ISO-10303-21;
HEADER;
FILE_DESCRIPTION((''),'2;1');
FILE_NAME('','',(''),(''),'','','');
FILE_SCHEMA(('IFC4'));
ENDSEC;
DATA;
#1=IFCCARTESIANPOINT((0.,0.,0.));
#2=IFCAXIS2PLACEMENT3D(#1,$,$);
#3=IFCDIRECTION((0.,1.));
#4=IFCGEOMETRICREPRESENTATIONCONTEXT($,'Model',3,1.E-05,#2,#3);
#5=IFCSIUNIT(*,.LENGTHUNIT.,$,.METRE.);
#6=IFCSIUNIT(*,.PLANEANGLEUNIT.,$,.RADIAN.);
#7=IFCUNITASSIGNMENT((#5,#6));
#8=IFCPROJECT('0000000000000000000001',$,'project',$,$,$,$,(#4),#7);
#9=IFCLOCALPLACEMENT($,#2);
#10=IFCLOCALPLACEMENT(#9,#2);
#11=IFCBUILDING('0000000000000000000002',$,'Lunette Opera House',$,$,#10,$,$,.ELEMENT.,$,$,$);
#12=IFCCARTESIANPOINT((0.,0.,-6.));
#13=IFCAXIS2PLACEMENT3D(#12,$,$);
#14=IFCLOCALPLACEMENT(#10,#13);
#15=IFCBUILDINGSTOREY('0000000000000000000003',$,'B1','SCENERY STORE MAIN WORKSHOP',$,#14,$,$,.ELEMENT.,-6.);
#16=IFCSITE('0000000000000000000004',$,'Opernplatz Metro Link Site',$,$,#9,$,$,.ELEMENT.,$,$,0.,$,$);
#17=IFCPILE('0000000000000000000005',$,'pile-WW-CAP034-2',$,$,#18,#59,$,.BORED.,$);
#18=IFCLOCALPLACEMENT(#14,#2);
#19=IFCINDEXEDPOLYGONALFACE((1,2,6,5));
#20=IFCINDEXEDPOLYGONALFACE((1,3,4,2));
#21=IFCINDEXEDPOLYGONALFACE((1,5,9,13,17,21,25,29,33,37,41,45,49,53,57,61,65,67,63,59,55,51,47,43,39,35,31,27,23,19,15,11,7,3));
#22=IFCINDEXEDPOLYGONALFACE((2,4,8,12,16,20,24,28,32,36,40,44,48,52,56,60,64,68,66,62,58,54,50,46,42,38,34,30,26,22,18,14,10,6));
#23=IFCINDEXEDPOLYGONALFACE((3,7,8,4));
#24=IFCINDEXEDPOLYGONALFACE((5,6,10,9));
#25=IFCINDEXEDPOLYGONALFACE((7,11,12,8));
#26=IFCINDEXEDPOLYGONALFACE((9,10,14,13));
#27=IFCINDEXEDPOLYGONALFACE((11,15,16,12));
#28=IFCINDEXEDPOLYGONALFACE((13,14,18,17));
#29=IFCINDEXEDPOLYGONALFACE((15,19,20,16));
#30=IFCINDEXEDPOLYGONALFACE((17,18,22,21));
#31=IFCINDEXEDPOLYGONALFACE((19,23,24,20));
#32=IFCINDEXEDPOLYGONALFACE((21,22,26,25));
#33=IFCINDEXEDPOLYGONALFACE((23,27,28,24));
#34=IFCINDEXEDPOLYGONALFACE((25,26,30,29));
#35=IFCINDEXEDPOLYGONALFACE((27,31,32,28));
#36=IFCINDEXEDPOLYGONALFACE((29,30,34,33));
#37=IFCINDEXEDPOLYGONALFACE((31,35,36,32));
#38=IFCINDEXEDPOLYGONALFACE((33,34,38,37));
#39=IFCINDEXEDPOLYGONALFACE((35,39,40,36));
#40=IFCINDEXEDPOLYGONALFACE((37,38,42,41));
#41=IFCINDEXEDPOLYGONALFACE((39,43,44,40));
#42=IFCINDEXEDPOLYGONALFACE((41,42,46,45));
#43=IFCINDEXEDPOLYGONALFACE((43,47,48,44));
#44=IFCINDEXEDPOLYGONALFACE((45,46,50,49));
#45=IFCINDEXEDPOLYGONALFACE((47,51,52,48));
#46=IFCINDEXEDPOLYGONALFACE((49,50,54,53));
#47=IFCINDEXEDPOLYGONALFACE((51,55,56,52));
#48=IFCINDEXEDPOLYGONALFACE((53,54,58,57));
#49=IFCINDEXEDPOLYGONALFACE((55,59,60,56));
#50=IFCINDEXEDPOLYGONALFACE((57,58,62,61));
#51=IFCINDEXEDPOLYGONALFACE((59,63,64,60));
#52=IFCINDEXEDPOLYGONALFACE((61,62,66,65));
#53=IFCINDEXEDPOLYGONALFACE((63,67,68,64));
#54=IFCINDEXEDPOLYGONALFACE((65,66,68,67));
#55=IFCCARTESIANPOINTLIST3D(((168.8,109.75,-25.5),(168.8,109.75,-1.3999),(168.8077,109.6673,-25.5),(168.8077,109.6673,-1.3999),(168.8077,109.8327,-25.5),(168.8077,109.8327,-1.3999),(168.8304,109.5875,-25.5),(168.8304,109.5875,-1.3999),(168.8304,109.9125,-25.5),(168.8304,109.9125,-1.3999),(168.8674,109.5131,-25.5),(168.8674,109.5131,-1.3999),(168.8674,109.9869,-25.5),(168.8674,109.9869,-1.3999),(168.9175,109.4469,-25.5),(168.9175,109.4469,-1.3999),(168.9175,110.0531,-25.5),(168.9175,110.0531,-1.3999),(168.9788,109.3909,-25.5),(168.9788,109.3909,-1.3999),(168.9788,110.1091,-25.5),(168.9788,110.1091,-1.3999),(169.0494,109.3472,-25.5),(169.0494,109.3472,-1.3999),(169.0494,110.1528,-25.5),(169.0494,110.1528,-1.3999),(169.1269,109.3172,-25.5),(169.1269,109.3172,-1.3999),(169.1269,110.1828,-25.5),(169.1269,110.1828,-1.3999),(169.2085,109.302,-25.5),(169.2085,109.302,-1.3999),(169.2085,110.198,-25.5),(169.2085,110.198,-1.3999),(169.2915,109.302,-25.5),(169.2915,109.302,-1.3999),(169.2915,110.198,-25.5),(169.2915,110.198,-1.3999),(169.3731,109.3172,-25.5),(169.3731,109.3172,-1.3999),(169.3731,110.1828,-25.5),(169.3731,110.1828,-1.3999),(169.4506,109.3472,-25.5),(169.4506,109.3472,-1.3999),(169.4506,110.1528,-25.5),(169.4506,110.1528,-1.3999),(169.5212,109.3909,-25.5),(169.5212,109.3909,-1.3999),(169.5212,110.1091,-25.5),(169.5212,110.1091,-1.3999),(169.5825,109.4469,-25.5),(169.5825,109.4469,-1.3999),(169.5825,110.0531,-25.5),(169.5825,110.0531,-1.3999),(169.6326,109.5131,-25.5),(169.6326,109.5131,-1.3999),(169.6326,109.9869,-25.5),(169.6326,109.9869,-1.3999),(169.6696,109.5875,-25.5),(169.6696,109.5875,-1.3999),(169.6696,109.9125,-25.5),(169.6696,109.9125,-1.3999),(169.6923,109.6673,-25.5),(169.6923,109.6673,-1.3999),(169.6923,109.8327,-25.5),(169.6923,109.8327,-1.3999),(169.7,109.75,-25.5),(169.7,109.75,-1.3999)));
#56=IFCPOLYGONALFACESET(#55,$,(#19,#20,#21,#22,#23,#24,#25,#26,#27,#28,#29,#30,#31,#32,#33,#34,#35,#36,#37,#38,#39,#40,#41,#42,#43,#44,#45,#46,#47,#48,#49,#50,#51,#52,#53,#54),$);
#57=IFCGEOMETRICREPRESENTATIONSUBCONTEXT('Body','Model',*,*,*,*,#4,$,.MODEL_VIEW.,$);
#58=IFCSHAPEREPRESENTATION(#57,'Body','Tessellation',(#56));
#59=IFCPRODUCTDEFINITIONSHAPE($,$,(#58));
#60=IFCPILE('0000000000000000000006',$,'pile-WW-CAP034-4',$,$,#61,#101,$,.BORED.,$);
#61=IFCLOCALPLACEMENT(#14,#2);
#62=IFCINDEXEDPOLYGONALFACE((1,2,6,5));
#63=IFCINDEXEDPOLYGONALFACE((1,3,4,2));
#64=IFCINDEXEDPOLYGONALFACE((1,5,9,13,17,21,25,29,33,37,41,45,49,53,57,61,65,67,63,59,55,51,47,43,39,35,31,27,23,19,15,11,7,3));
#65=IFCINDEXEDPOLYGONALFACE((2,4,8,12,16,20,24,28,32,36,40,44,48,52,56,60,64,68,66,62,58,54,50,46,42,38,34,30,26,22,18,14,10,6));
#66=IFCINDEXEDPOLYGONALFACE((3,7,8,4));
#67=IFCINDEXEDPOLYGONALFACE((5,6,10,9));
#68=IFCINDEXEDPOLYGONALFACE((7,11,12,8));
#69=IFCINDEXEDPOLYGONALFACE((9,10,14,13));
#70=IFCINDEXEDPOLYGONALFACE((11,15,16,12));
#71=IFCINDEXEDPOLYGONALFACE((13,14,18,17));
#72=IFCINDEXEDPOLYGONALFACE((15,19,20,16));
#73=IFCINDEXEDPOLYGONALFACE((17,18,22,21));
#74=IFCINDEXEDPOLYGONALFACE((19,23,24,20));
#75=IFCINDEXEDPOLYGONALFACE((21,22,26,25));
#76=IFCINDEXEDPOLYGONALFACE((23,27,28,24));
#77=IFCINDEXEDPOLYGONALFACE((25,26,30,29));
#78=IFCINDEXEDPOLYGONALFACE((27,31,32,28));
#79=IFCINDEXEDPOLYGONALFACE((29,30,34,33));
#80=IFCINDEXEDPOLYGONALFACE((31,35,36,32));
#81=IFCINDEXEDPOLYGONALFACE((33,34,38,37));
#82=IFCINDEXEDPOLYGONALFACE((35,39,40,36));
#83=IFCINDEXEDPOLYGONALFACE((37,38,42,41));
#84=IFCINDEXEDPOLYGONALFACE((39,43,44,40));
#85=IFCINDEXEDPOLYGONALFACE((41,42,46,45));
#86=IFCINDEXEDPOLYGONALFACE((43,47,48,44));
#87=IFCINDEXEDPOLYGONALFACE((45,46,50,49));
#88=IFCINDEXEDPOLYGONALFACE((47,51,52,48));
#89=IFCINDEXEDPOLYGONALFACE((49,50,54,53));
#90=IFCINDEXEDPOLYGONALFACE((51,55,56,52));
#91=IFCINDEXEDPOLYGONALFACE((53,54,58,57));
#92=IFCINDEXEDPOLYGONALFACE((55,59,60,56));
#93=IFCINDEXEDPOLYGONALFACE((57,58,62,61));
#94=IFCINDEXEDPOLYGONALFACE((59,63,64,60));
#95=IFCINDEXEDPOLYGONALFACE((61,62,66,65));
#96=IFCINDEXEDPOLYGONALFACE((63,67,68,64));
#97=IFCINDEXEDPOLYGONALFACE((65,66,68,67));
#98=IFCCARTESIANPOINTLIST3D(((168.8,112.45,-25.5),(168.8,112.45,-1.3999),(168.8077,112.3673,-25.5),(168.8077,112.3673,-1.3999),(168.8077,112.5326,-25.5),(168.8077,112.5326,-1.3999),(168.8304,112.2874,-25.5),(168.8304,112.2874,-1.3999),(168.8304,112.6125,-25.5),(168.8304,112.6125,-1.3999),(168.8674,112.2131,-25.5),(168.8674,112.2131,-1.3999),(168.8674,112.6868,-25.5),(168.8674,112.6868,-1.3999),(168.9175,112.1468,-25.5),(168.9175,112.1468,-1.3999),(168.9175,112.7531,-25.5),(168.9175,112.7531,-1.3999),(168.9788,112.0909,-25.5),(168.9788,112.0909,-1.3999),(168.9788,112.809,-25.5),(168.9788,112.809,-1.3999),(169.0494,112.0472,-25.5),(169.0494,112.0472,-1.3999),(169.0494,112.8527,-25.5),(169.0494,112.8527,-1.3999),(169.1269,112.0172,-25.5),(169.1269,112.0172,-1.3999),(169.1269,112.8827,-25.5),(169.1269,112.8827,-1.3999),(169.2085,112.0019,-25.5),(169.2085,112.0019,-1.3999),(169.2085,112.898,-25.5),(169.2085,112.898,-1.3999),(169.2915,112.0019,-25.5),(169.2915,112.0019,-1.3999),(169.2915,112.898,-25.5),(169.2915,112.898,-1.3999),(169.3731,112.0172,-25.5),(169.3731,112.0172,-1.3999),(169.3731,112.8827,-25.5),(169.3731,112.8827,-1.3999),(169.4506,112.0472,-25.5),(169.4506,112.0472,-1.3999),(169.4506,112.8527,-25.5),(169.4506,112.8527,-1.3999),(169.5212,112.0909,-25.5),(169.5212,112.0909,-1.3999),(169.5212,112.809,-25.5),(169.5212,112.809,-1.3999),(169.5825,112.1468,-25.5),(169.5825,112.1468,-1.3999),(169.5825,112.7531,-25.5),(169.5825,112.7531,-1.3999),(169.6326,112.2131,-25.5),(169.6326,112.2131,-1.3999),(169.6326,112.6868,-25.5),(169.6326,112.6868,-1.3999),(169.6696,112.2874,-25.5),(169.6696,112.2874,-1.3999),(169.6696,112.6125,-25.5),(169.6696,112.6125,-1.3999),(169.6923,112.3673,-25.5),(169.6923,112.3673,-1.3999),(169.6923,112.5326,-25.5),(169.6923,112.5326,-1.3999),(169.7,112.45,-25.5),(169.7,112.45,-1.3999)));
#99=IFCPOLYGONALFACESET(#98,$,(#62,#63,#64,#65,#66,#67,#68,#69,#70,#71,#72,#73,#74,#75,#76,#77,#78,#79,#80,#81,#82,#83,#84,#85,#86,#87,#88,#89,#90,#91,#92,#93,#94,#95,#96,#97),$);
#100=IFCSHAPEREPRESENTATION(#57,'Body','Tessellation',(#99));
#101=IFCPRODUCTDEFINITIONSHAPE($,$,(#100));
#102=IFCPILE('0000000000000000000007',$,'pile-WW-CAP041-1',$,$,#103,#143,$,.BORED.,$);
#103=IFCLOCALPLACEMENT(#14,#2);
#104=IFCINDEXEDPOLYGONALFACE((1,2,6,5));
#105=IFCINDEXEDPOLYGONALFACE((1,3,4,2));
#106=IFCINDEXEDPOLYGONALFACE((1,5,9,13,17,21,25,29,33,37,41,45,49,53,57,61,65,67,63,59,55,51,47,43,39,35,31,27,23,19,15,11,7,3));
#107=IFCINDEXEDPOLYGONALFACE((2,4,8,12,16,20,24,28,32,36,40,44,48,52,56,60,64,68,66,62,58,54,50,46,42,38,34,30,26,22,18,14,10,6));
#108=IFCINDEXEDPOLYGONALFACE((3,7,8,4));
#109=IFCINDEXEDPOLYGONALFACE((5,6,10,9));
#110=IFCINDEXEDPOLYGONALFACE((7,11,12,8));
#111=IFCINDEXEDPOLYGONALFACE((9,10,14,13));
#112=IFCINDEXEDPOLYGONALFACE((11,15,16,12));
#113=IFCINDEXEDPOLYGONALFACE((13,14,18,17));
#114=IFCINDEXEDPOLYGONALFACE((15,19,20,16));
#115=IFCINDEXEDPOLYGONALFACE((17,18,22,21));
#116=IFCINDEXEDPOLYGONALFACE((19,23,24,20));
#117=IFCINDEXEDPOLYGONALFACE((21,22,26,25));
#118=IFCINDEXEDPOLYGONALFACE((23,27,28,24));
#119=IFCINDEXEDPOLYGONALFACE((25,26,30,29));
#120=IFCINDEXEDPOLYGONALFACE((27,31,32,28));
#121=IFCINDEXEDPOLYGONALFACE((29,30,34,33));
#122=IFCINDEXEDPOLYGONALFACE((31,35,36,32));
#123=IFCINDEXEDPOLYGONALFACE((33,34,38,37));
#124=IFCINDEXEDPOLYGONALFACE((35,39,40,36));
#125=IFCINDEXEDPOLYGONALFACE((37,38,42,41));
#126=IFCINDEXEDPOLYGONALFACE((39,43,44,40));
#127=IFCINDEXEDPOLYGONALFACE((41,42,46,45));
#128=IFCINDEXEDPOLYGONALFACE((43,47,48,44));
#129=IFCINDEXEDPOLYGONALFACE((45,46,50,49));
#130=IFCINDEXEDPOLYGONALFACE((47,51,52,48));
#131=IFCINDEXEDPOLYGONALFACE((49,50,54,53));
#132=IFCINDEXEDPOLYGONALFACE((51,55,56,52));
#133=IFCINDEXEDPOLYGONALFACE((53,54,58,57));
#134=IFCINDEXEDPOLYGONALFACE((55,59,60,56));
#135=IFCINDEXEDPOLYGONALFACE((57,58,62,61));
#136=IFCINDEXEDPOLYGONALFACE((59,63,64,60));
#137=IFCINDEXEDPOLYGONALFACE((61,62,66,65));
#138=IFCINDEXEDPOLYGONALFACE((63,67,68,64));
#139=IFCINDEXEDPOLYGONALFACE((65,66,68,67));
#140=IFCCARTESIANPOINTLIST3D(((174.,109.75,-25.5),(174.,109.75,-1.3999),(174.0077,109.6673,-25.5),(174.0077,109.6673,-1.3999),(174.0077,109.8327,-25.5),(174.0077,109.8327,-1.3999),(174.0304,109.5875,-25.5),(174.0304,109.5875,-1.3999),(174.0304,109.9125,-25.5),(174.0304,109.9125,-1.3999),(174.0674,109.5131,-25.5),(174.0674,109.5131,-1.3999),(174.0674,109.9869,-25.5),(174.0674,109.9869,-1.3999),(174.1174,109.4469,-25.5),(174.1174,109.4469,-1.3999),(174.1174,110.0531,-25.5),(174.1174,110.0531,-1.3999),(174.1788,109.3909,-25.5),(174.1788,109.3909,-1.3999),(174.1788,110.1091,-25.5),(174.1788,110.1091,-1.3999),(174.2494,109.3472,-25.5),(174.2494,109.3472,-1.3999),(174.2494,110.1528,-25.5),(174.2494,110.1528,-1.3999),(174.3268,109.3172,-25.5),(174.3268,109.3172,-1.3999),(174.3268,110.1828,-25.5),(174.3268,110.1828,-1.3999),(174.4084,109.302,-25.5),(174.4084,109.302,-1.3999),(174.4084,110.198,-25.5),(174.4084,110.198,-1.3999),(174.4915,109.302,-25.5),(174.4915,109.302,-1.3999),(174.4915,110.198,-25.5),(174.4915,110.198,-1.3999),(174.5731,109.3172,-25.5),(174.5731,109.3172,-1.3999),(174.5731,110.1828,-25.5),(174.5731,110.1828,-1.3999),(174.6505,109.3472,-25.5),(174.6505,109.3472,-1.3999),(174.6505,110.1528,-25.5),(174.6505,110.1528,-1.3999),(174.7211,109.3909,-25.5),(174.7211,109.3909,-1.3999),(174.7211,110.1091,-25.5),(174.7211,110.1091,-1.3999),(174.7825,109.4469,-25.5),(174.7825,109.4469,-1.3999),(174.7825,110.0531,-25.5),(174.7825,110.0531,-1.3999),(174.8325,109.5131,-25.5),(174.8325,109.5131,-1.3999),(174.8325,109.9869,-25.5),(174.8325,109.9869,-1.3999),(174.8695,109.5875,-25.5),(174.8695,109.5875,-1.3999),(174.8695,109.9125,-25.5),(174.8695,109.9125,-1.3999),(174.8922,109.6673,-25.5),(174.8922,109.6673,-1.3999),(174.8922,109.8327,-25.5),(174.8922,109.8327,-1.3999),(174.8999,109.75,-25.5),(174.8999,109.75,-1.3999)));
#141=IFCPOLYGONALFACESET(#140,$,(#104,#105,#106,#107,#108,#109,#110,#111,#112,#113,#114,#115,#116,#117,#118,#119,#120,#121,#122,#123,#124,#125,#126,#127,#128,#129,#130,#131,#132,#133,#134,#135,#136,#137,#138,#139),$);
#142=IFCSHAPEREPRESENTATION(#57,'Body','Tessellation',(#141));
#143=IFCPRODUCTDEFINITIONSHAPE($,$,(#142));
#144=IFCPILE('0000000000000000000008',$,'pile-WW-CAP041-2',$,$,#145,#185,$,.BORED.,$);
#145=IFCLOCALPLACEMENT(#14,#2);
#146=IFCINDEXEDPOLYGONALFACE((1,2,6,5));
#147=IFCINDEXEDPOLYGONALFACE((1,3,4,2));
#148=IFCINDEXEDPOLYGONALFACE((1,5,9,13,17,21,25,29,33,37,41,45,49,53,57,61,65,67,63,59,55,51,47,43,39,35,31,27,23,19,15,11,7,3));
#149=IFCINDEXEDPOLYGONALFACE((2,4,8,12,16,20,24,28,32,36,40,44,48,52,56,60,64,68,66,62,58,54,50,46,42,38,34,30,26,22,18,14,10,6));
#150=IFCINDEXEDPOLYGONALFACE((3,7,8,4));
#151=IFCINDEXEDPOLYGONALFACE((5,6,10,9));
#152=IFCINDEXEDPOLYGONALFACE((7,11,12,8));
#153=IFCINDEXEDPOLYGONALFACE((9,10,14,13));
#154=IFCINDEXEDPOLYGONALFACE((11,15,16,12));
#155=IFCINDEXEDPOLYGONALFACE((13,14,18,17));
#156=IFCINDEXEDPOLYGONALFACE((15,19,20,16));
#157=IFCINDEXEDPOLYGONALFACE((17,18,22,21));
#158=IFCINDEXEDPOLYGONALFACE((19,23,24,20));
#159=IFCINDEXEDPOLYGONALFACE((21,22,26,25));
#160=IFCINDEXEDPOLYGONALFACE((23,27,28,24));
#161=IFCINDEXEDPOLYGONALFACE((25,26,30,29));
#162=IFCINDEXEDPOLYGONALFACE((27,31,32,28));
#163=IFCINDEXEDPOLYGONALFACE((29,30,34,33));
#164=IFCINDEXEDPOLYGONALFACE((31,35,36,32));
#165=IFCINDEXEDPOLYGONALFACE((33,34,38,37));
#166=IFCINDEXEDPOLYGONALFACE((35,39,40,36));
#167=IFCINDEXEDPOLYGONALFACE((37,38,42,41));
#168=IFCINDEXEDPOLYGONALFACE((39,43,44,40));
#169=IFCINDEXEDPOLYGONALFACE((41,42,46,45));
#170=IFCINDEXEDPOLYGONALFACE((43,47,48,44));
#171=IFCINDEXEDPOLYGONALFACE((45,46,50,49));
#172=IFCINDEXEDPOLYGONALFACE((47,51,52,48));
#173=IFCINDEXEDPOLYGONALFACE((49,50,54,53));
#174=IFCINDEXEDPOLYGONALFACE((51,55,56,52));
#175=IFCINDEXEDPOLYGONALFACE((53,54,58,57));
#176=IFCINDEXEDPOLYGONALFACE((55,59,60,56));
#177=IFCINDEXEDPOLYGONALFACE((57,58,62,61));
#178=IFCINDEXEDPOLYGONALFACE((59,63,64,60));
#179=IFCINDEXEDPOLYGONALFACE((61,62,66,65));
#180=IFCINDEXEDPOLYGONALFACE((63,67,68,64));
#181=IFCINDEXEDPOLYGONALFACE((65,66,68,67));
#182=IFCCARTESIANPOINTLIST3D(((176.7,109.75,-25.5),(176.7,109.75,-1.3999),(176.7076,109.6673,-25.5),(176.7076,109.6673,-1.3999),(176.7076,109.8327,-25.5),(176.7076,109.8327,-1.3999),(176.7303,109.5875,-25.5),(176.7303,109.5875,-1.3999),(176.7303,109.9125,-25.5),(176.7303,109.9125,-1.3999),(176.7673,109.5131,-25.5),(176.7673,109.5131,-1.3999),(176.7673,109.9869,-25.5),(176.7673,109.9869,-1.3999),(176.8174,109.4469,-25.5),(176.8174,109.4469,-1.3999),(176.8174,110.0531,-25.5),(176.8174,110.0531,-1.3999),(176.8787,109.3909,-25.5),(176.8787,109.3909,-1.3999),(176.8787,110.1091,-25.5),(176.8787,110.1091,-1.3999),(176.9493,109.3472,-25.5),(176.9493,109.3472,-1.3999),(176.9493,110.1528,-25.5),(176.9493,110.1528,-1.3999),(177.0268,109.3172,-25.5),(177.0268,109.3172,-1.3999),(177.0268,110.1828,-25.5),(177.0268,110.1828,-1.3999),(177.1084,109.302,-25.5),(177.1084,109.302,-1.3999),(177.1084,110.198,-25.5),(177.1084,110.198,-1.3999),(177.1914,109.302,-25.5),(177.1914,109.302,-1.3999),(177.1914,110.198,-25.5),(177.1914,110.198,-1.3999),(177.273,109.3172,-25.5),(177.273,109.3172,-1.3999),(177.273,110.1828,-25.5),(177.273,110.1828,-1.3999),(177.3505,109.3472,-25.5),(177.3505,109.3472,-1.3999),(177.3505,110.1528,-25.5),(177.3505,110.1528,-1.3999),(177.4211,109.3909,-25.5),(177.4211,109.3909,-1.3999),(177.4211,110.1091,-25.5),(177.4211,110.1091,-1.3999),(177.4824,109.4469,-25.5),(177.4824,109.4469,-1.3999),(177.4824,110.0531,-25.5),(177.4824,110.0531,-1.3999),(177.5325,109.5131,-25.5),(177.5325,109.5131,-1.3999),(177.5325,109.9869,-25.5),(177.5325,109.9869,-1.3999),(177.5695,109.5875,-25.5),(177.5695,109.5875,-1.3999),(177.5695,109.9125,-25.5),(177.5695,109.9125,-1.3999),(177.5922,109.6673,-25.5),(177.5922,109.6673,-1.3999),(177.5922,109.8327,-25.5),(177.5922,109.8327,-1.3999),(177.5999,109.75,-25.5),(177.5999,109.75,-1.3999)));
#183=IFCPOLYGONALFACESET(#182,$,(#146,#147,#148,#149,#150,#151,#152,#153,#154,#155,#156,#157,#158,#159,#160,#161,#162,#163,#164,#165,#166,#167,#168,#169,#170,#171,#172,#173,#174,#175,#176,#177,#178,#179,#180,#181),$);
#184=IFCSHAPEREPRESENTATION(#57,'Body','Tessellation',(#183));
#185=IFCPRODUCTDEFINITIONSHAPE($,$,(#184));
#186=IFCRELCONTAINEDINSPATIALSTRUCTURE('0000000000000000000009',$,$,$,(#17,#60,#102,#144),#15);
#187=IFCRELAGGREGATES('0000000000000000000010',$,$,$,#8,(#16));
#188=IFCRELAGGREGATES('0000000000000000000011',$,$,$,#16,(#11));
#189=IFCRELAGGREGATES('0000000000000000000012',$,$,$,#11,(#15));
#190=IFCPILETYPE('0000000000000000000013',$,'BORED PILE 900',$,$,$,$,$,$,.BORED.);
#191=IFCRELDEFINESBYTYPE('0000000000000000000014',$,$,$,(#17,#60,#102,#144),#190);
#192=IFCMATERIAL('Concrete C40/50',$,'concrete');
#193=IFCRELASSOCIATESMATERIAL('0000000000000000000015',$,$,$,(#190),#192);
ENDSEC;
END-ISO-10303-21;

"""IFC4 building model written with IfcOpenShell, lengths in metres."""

from ifc_helpers import new_model, si_unit, direction, frame, origin, origin_2d, place, context, subcontext, project, spatial, circle, extrude, material, material_profile, profile_set, type_object, element, save


model = new_model("IFC4")

# Units and contexts
model_context = context("Model", 3, precision=1e-05, world=origin(), true_north=direction((0.0, 1.0)))
body_context = subcontext(model_context, "Body", "Model", "MODEL_VIEW")
ifc_project = project(units=[si_unit("LENGTHUNIT", "METRE"), si_unit("PLANEANGLEUNIT", "RADIAN")], contexts=[model_context])

# Site, building, storey
site_placement = place(None, origin())
site = spatial("IfcSite", under=ifc_project, at=site_placement, Name="Opernplatz Metro Link Site", CompositionType="ELEMENT", RefElevation=0.0)
building_placement = place(site_placement, origin())
building = spatial("IfcBuilding", under=site, at=building_placement, Name="Lunette Opera House", CompositionType="ELEMENT")
storey_placement = place(building_placement, frame((0.0, 0.0, -6.0)))
storey = spatial("IfcBuildingStorey", under=building, at=storey_placement, Name="B1", Description="SCENERY STORE MAIN WORKSHOP", CompositionType="ELEMENT", Elevation=-6.0)

# Piles
ifc_material_1 = material(Name="Concrete C40/50", Category="concrete")
ifc_material_profile_1 = material_profile(ifc_material_1, circle(Radius=0.45, at=origin_2d()), Name="BORED PILE 900")
ifc_profile_set_1 = profile_set([ifc_material_profile_1], Name="Concrete C40/50")
pile_type = type_object("IfcPileType", Name="BORED PILE 900", PredefinedType="BORED", material=ifc_profile_set_1)
for number, where, z_axis, x_axis, name in (
    (1, (169.25, 109.75, -1.3999), (0.0, 0.0, -1.0), (1.0, 0.0, 0.0), "pile-WW-CAP034-2"),
    (2, (169.25, 112.45, -1.3999), (0.0, 0.0, -1.0), (1.0, 0.0, 0.0), "pile-WW-CAP034-4"),
    (3, (174.45, 109.75, -1.3999), (0.0, 0.0, -1.0), (1.0, 0.0, 0.0), "pile-WW-CAP041-1"),
    (4, (177.1499, 109.75, -1.3999), (0.0, 0.0, -1.0), (1.0, 0.0, 0.0), "pile-WW-CAP041-2"),
):
    element("IfcPile", number, at=place(storey_placement, frame(where, z_axis=z_axis, x_axis=x_axis)), inside=storey, type_object=pile_type, Name=name, PredefinedType="BORED", context=body_context, shape_type="SweptSolid", body=[
        extrude(circle(Radius=0.45, at=origin_2d()), origin(), (0.0, 0.0, 1.0), 24.1001),
    ])

save(model, "model.ifc")
